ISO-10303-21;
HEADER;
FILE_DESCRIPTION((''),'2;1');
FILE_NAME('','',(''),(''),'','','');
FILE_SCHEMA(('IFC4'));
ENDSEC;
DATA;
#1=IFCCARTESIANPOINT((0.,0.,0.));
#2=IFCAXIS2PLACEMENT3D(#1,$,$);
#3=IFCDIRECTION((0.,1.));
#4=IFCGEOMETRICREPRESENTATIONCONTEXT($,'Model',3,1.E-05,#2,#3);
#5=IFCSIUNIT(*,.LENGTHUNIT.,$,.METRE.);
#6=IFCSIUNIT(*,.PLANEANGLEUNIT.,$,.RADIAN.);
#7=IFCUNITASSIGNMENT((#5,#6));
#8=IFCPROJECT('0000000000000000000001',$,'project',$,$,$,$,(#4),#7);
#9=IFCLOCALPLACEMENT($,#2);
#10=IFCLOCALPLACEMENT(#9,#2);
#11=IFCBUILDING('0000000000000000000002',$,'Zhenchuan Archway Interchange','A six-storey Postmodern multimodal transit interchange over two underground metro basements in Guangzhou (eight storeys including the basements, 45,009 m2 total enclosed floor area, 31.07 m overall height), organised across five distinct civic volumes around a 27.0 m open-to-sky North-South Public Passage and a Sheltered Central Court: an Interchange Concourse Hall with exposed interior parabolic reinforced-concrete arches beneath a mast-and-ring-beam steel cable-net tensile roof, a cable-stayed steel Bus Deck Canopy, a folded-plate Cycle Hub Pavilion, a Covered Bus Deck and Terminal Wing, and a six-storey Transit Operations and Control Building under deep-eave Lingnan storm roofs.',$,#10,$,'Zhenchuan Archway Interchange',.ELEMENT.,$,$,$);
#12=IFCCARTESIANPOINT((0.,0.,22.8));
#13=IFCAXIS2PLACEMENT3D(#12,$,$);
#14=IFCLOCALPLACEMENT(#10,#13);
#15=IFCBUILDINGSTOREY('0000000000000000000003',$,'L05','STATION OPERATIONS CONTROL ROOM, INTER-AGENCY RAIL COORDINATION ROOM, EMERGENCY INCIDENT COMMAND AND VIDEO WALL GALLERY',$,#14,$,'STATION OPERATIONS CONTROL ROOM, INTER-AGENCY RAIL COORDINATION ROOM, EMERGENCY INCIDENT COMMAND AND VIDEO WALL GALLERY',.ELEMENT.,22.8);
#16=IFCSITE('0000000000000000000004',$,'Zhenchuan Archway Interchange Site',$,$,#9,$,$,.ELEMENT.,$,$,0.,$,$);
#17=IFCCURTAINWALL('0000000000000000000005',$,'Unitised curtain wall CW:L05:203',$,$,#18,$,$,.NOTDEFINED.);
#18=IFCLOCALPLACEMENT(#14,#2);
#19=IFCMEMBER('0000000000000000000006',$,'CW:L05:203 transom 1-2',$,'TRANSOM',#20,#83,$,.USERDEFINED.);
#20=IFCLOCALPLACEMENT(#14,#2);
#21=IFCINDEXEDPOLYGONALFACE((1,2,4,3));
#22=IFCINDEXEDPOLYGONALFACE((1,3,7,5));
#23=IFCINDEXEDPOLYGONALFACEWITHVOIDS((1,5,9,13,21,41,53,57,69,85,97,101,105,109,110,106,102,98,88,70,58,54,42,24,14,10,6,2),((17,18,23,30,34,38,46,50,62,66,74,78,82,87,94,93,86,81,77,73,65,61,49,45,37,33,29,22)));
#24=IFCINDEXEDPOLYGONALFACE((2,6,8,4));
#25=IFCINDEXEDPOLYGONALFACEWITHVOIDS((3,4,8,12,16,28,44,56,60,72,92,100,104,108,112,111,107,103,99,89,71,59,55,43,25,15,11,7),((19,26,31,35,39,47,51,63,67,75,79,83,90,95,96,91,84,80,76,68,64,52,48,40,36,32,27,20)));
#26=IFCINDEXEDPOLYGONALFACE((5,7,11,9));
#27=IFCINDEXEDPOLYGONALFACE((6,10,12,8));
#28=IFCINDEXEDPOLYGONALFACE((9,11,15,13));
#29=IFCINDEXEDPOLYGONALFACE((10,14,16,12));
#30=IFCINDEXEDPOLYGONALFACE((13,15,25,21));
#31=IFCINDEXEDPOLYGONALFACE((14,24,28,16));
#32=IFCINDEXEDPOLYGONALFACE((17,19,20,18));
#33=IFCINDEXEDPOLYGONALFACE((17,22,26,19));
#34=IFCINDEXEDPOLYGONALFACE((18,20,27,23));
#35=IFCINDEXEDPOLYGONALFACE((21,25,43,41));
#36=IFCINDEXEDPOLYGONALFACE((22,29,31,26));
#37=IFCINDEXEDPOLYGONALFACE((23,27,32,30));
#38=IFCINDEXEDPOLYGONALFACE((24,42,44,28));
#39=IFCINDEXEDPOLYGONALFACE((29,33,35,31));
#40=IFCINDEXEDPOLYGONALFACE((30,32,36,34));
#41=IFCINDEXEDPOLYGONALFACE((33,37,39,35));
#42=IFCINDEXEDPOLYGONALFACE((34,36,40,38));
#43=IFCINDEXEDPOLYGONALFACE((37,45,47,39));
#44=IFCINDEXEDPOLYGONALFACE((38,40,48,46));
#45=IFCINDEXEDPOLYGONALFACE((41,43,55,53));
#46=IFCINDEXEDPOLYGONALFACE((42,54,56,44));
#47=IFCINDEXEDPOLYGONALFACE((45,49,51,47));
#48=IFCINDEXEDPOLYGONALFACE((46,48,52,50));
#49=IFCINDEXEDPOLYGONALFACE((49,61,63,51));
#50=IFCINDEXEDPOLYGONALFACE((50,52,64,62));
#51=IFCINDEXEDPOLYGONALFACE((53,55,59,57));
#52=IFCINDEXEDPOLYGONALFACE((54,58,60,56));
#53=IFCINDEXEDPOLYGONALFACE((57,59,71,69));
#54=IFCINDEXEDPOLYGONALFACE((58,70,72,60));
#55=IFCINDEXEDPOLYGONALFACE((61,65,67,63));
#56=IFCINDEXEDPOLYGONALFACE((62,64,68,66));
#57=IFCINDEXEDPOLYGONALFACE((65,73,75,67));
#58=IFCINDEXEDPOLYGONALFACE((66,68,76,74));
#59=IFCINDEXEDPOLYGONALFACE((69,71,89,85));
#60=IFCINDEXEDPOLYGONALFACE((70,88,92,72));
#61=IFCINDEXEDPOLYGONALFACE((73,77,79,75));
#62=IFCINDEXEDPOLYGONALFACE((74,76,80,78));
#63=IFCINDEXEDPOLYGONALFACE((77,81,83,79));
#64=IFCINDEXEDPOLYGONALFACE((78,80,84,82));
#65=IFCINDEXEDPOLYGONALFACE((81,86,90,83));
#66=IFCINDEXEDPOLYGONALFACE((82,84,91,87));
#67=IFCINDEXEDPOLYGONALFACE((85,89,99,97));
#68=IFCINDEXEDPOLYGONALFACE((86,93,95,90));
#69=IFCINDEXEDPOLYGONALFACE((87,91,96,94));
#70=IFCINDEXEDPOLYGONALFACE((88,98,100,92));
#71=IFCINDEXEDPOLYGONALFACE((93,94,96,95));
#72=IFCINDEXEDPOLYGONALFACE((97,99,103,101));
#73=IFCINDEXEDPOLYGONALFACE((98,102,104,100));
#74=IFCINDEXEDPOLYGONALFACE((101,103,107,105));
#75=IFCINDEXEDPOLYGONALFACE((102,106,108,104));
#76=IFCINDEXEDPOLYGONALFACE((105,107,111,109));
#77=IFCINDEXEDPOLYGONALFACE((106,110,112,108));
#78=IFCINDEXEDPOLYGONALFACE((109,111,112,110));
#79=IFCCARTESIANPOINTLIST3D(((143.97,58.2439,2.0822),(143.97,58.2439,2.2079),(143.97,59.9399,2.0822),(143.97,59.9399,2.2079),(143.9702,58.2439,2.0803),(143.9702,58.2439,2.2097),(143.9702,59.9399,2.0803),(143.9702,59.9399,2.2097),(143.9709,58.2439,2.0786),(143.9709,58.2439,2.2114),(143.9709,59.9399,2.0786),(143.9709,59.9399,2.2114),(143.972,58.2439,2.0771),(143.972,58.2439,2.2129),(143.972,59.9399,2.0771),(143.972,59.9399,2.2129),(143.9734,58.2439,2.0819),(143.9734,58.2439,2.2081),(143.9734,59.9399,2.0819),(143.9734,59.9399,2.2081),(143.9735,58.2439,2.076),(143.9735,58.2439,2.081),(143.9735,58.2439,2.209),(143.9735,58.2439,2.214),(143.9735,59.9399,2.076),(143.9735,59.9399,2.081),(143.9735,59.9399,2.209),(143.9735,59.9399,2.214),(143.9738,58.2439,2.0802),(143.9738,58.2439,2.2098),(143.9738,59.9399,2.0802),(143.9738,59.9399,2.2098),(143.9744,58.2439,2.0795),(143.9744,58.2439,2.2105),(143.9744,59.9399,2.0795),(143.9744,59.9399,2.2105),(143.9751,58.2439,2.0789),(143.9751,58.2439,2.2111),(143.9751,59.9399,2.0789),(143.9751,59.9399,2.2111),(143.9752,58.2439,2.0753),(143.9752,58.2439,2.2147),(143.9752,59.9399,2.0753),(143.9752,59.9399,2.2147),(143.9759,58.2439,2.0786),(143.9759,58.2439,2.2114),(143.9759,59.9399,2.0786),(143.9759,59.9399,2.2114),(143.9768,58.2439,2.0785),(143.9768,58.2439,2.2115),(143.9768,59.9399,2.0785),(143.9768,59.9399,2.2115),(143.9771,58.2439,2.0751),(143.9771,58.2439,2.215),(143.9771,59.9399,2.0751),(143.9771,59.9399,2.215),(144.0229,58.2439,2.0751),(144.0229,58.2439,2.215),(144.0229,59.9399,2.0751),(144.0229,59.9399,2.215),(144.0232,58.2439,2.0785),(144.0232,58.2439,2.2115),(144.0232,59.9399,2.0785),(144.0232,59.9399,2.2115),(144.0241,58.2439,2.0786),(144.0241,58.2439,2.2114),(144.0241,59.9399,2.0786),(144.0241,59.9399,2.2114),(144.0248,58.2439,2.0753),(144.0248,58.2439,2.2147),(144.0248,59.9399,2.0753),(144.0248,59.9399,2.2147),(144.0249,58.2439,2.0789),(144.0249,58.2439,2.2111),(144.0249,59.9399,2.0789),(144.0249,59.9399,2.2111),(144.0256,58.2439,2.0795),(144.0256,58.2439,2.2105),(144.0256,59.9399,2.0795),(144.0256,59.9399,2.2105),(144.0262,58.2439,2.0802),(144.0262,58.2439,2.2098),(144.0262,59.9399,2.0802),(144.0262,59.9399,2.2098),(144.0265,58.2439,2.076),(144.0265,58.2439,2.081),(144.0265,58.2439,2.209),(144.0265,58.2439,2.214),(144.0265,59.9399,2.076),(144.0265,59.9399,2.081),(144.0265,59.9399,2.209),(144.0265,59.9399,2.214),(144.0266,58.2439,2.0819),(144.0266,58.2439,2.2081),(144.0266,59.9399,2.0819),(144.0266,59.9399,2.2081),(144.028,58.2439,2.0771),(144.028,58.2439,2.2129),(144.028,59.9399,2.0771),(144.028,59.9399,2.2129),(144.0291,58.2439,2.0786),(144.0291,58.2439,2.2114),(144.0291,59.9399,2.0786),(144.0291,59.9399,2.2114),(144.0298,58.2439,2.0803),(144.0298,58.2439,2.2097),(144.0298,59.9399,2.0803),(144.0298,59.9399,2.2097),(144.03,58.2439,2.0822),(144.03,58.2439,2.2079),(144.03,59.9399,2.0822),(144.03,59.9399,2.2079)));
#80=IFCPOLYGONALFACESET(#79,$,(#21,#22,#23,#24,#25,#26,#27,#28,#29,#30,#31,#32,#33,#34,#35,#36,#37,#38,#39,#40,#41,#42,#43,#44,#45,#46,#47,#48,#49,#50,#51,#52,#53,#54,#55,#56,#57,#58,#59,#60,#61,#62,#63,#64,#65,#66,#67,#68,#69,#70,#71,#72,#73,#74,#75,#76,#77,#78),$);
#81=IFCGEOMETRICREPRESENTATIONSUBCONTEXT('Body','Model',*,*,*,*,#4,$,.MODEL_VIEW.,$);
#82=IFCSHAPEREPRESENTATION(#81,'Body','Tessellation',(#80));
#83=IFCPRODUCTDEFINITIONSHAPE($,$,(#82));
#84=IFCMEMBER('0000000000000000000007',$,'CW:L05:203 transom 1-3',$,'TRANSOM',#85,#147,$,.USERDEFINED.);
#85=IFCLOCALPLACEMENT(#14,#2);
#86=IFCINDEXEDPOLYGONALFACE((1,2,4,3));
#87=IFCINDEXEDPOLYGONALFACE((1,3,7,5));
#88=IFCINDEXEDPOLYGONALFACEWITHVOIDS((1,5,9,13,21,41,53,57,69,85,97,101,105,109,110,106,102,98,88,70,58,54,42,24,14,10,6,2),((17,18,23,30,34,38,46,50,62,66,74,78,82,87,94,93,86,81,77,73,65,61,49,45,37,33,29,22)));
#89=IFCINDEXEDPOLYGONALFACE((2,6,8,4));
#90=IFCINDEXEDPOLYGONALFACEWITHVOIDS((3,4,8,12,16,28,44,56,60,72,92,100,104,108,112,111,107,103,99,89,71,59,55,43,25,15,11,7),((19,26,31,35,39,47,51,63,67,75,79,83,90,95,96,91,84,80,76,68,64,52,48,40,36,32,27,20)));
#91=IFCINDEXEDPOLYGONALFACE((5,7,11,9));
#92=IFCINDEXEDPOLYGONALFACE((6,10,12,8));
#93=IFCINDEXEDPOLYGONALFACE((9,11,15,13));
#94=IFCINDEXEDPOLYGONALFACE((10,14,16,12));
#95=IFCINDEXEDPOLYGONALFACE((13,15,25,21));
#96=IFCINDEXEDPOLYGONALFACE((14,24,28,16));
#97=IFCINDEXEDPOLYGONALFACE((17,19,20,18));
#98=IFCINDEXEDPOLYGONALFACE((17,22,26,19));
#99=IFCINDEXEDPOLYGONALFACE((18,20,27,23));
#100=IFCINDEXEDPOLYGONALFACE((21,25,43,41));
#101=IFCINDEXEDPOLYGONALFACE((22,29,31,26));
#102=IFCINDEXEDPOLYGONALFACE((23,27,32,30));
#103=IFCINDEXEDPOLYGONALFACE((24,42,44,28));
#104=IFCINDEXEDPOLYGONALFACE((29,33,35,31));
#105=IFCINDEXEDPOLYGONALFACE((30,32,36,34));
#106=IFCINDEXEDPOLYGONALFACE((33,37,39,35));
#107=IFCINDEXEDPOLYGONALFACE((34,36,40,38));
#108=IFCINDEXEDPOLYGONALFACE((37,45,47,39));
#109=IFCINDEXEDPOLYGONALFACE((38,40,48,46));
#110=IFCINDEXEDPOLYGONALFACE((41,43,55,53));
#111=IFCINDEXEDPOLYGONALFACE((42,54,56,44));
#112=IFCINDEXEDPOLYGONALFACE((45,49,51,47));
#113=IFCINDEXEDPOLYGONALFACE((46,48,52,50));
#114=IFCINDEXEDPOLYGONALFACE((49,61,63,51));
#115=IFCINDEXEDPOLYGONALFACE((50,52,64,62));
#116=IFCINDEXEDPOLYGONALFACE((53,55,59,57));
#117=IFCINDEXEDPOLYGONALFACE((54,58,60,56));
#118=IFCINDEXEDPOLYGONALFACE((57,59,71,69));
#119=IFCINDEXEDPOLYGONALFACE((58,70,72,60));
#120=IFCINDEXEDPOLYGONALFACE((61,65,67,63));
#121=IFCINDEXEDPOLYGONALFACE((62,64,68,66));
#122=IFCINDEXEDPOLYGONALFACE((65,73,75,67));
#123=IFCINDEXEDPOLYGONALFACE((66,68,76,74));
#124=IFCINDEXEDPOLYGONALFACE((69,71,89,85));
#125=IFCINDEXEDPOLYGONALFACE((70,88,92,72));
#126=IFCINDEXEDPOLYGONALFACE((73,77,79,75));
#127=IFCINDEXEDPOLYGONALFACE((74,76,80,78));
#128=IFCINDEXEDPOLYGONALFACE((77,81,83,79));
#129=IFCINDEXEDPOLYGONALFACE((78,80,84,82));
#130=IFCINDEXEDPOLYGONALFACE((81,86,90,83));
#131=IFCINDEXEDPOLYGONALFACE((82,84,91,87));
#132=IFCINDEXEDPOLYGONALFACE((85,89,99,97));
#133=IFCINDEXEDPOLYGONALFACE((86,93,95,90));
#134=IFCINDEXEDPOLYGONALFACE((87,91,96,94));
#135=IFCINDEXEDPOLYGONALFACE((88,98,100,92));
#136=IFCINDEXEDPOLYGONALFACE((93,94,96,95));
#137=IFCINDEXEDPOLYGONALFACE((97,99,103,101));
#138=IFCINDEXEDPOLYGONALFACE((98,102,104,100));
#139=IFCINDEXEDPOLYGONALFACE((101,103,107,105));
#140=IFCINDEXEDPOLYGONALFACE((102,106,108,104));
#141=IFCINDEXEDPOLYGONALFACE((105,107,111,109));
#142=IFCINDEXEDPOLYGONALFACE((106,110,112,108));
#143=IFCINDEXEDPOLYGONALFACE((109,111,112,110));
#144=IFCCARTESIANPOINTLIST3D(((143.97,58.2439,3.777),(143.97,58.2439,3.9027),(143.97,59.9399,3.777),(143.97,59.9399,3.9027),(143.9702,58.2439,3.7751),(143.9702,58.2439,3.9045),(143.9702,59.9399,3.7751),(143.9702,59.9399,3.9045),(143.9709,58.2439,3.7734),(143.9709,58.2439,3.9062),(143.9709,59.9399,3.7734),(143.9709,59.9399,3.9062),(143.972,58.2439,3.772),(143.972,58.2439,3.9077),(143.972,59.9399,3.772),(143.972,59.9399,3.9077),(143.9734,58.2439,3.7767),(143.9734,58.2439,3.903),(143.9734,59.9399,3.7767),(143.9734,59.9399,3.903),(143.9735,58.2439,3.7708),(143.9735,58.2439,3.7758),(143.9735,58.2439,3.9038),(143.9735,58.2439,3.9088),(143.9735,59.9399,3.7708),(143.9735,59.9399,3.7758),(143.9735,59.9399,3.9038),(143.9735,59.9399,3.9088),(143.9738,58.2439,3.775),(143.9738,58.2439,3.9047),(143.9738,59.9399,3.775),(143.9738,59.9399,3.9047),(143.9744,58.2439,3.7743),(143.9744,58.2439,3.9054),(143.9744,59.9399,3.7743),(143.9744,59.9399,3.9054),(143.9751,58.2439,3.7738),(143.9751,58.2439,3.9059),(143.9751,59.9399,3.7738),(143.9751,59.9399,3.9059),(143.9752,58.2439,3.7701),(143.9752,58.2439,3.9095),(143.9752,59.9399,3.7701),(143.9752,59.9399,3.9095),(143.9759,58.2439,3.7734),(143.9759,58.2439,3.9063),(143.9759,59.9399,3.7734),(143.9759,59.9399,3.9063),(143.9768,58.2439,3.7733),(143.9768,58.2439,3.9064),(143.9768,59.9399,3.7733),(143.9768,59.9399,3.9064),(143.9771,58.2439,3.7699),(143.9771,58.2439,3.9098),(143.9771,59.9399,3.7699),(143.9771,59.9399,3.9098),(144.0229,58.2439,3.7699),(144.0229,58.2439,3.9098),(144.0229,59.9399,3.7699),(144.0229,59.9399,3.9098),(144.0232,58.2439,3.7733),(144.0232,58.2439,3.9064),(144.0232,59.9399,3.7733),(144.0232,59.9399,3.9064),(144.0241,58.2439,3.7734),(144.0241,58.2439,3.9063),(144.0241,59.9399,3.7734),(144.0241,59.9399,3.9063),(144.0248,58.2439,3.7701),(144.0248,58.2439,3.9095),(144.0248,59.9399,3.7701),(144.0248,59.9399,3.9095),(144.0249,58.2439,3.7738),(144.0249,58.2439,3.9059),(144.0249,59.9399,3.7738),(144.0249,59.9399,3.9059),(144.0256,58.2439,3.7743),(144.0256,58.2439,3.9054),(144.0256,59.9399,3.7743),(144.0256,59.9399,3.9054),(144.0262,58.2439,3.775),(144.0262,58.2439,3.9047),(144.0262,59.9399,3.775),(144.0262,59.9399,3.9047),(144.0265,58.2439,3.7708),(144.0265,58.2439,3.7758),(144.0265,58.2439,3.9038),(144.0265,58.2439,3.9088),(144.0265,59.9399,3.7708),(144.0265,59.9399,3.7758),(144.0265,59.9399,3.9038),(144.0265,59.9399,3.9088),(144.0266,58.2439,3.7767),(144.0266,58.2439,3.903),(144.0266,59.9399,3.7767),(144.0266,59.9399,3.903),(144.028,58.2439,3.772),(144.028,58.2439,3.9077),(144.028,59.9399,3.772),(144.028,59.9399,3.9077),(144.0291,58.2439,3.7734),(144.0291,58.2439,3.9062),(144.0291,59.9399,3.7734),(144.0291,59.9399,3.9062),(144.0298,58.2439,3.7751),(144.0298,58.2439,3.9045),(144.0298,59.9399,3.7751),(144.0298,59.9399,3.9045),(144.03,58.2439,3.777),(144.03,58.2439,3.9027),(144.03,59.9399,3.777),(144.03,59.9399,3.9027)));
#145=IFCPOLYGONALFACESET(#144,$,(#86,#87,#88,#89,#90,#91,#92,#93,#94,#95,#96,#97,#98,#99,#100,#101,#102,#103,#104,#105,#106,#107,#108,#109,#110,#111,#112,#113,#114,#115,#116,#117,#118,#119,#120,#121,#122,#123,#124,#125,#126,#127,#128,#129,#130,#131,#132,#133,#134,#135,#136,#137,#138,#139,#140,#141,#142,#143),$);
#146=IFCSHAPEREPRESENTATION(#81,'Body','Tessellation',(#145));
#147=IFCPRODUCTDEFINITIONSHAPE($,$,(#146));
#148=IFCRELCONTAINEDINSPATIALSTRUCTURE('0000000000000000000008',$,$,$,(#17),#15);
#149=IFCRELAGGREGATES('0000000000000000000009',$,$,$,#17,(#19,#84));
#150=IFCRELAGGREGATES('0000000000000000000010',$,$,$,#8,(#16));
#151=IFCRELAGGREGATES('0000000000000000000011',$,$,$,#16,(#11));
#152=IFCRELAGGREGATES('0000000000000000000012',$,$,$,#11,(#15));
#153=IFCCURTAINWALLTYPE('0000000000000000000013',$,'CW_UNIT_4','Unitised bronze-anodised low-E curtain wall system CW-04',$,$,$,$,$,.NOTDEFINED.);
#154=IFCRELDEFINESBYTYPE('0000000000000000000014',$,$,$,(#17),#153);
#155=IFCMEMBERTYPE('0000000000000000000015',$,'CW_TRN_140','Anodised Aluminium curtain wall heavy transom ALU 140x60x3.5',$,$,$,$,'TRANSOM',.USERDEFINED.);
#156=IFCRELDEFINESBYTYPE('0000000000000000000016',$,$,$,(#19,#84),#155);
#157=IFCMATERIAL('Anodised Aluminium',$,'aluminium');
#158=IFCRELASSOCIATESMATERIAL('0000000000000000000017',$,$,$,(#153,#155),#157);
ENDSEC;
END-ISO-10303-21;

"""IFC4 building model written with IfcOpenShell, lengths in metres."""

from ifc_helpers import new_model, si_unit, direction, frame, origin, origin_2d, place, context, subcontext, project, spatial, hollow_rectangle, extrude, material, material_profile, profile_set, type_object, element, aggregate, save


model = new_model("IFC4")

# Units and contexts
model_context = context("Model", 3, precision=1e-05, world=origin(), true_north=direction((0.0, 1.0)))
body_context = subcontext(model_context, "Body", "Model", "MODEL_VIEW")
ifc_project = project(units=[si_unit("LENGTHUNIT", "METRE"), si_unit("PLANEANGLEUNIT", "RADIAN")], contexts=[model_context])

# Site, building, storey
site_placement = place(None, origin())
site = spatial("IfcSite", under=ifc_project, at=site_placement, Name="Zhenchuan Archway Interchange Site", CompositionType="ELEMENT", RefElevation=0.0)
building_placement = place(site_placement, origin())
building = spatial("IfcBuilding", under=site, at=building_placement, Name="Zhenchuan Archway Interchange", Description="A six-storey Postmodern multimodal transit interchange over two underground metro basements in Guangzhou (eight storeys including the basements, 45,009 m2 total enclosed floor area, 31.07 m overall height), organised across five distinct civic volumes around a 27.0 m open-to-sky North-South Public Passage and a Sheltered Central Court: an Interchange Concourse Hall with exposed interior parabolic reinforced-concrete arches beneath a mast-and-ring-beam steel cable-net tensile roof, a cable-stayed steel Bus Deck Canopy, a folded-plate Cycle Hub Pavilion, a Covered Bus Deck and Terminal Wing, and a six-storey Transit Operations and Control Building under deep-eave Lingnan storm roofs.", LongName="Zhenchuan Archway Interchange", CompositionType="ELEMENT")
storey_placement = place(building_placement, frame((0.0, 0.0, 22.8)))
storey = spatial("IfcBuildingStorey", under=building, at=storey_placement, Name="L05", Description="STATION OPERATIONS CONTROL ROOM, INTER-AGENCY RAIL COORDINATION ROOM, EMERGENCY INCIDENT COMMAND AND VIDEO WALL GALLERY", LongName="STATION OPERATIONS CONTROL ROOM, INTER-AGENCY RAIL COORDINATION ROOM, EMERGENCY INCIDENT COMMAND AND VIDEO WALL GALLERY", CompositionType="ELEMENT", Elevation=22.8)

# Curtain wall, members
ifc_material_1 = material(Name="Anodised Aluminium", Category="aluminium")
curtain_wall_type = type_object("IfcCurtainWallType", Name="CW_UNIT_4", Description="Unitised bronze-anodised low-E curtain wall system CW-04", PredefinedType="NOTDEFINED", material=ifc_material_1)
curtain_wall_placement = place(storey_placement, origin())
curtain_wall = element("IfcCurtainWall", 1, at=curtain_wall_placement, inside=storey, type_object=curtain_wall_type, Name="Unitised curtain wall CW:L05:203", PredefinedType="NOTDEFINED")
ifc_material_profile_1 = material_profile(ifc_material_1, hollow_rectangle(XDim=0.0601, YDim=0.1399, WallThickness=0.0034, InnerFilletRadius=0.0034, OuterFilletRadius=0.0071, at=origin_2d()), Name="ALU 140x60x3.5")
ifc_profile_set_1 = profile_set([ifc_material_profile_1], Name="Anodised Aluminium")
member_type_1 = type_object("IfcMemberType", Name="CW_TRN_140", Description="Anodised Aluminium curtain wall heavy transom ALU 140x60x3.5", ElementType="TRANSOM", PredefinedType="USERDEFINED", material=ifc_profile_set_1)
member_1_placement = place(storey_placement, frame((144.0, 58.2439, 2.145), z_axis=(0.0, 1.0, 0.0), x_axis=(-1.0, 0.0, 0.0)))
member_1 = element("IfcMember", 2, at=member_1_placement, type_object=member_type_1, Name="CW:L05:203 transom 1-2", ObjectType="TRANSOM", PredefinedType="USERDEFINED", context=body_context, shape_type="SweptSolid", body=[
    extrude(hollow_rectangle(XDim=0.0601, YDim=0.1399, WallThickness=0.0034, InnerFilletRadius=0.0034, OuterFilletRadius=0.0071, at=origin_2d()), origin(), (0.0, 0.0, 1.0), 1.696),
])
member_2_placement = place(storey_placement, frame((144.0, 58.2439, 3.8398), z_axis=(0.0, 1.0, 0.0), x_axis=(-1.0, 0.0, 0.0)))
member_2 = element("IfcMember", 3, at=member_2_placement, type_object=member_type_1, Name="CW:L05:203 transom 1-3", ObjectType="TRANSOM", PredefinedType="USERDEFINED", context=body_context, shape_type="SweptSolid", body=[
    extrude(hollow_rectangle(XDim=0.0601, YDim=0.1399, WallThickness=0.0034, InnerFilletRadius=0.0034, OuterFilletRadius=0.0071, at=origin_2d()), origin(), (0.0, 0.0, 1.0), 1.696),
])
aggregate(curtain_wall, [member_1, member_2])

save(model, "model.ifc")
